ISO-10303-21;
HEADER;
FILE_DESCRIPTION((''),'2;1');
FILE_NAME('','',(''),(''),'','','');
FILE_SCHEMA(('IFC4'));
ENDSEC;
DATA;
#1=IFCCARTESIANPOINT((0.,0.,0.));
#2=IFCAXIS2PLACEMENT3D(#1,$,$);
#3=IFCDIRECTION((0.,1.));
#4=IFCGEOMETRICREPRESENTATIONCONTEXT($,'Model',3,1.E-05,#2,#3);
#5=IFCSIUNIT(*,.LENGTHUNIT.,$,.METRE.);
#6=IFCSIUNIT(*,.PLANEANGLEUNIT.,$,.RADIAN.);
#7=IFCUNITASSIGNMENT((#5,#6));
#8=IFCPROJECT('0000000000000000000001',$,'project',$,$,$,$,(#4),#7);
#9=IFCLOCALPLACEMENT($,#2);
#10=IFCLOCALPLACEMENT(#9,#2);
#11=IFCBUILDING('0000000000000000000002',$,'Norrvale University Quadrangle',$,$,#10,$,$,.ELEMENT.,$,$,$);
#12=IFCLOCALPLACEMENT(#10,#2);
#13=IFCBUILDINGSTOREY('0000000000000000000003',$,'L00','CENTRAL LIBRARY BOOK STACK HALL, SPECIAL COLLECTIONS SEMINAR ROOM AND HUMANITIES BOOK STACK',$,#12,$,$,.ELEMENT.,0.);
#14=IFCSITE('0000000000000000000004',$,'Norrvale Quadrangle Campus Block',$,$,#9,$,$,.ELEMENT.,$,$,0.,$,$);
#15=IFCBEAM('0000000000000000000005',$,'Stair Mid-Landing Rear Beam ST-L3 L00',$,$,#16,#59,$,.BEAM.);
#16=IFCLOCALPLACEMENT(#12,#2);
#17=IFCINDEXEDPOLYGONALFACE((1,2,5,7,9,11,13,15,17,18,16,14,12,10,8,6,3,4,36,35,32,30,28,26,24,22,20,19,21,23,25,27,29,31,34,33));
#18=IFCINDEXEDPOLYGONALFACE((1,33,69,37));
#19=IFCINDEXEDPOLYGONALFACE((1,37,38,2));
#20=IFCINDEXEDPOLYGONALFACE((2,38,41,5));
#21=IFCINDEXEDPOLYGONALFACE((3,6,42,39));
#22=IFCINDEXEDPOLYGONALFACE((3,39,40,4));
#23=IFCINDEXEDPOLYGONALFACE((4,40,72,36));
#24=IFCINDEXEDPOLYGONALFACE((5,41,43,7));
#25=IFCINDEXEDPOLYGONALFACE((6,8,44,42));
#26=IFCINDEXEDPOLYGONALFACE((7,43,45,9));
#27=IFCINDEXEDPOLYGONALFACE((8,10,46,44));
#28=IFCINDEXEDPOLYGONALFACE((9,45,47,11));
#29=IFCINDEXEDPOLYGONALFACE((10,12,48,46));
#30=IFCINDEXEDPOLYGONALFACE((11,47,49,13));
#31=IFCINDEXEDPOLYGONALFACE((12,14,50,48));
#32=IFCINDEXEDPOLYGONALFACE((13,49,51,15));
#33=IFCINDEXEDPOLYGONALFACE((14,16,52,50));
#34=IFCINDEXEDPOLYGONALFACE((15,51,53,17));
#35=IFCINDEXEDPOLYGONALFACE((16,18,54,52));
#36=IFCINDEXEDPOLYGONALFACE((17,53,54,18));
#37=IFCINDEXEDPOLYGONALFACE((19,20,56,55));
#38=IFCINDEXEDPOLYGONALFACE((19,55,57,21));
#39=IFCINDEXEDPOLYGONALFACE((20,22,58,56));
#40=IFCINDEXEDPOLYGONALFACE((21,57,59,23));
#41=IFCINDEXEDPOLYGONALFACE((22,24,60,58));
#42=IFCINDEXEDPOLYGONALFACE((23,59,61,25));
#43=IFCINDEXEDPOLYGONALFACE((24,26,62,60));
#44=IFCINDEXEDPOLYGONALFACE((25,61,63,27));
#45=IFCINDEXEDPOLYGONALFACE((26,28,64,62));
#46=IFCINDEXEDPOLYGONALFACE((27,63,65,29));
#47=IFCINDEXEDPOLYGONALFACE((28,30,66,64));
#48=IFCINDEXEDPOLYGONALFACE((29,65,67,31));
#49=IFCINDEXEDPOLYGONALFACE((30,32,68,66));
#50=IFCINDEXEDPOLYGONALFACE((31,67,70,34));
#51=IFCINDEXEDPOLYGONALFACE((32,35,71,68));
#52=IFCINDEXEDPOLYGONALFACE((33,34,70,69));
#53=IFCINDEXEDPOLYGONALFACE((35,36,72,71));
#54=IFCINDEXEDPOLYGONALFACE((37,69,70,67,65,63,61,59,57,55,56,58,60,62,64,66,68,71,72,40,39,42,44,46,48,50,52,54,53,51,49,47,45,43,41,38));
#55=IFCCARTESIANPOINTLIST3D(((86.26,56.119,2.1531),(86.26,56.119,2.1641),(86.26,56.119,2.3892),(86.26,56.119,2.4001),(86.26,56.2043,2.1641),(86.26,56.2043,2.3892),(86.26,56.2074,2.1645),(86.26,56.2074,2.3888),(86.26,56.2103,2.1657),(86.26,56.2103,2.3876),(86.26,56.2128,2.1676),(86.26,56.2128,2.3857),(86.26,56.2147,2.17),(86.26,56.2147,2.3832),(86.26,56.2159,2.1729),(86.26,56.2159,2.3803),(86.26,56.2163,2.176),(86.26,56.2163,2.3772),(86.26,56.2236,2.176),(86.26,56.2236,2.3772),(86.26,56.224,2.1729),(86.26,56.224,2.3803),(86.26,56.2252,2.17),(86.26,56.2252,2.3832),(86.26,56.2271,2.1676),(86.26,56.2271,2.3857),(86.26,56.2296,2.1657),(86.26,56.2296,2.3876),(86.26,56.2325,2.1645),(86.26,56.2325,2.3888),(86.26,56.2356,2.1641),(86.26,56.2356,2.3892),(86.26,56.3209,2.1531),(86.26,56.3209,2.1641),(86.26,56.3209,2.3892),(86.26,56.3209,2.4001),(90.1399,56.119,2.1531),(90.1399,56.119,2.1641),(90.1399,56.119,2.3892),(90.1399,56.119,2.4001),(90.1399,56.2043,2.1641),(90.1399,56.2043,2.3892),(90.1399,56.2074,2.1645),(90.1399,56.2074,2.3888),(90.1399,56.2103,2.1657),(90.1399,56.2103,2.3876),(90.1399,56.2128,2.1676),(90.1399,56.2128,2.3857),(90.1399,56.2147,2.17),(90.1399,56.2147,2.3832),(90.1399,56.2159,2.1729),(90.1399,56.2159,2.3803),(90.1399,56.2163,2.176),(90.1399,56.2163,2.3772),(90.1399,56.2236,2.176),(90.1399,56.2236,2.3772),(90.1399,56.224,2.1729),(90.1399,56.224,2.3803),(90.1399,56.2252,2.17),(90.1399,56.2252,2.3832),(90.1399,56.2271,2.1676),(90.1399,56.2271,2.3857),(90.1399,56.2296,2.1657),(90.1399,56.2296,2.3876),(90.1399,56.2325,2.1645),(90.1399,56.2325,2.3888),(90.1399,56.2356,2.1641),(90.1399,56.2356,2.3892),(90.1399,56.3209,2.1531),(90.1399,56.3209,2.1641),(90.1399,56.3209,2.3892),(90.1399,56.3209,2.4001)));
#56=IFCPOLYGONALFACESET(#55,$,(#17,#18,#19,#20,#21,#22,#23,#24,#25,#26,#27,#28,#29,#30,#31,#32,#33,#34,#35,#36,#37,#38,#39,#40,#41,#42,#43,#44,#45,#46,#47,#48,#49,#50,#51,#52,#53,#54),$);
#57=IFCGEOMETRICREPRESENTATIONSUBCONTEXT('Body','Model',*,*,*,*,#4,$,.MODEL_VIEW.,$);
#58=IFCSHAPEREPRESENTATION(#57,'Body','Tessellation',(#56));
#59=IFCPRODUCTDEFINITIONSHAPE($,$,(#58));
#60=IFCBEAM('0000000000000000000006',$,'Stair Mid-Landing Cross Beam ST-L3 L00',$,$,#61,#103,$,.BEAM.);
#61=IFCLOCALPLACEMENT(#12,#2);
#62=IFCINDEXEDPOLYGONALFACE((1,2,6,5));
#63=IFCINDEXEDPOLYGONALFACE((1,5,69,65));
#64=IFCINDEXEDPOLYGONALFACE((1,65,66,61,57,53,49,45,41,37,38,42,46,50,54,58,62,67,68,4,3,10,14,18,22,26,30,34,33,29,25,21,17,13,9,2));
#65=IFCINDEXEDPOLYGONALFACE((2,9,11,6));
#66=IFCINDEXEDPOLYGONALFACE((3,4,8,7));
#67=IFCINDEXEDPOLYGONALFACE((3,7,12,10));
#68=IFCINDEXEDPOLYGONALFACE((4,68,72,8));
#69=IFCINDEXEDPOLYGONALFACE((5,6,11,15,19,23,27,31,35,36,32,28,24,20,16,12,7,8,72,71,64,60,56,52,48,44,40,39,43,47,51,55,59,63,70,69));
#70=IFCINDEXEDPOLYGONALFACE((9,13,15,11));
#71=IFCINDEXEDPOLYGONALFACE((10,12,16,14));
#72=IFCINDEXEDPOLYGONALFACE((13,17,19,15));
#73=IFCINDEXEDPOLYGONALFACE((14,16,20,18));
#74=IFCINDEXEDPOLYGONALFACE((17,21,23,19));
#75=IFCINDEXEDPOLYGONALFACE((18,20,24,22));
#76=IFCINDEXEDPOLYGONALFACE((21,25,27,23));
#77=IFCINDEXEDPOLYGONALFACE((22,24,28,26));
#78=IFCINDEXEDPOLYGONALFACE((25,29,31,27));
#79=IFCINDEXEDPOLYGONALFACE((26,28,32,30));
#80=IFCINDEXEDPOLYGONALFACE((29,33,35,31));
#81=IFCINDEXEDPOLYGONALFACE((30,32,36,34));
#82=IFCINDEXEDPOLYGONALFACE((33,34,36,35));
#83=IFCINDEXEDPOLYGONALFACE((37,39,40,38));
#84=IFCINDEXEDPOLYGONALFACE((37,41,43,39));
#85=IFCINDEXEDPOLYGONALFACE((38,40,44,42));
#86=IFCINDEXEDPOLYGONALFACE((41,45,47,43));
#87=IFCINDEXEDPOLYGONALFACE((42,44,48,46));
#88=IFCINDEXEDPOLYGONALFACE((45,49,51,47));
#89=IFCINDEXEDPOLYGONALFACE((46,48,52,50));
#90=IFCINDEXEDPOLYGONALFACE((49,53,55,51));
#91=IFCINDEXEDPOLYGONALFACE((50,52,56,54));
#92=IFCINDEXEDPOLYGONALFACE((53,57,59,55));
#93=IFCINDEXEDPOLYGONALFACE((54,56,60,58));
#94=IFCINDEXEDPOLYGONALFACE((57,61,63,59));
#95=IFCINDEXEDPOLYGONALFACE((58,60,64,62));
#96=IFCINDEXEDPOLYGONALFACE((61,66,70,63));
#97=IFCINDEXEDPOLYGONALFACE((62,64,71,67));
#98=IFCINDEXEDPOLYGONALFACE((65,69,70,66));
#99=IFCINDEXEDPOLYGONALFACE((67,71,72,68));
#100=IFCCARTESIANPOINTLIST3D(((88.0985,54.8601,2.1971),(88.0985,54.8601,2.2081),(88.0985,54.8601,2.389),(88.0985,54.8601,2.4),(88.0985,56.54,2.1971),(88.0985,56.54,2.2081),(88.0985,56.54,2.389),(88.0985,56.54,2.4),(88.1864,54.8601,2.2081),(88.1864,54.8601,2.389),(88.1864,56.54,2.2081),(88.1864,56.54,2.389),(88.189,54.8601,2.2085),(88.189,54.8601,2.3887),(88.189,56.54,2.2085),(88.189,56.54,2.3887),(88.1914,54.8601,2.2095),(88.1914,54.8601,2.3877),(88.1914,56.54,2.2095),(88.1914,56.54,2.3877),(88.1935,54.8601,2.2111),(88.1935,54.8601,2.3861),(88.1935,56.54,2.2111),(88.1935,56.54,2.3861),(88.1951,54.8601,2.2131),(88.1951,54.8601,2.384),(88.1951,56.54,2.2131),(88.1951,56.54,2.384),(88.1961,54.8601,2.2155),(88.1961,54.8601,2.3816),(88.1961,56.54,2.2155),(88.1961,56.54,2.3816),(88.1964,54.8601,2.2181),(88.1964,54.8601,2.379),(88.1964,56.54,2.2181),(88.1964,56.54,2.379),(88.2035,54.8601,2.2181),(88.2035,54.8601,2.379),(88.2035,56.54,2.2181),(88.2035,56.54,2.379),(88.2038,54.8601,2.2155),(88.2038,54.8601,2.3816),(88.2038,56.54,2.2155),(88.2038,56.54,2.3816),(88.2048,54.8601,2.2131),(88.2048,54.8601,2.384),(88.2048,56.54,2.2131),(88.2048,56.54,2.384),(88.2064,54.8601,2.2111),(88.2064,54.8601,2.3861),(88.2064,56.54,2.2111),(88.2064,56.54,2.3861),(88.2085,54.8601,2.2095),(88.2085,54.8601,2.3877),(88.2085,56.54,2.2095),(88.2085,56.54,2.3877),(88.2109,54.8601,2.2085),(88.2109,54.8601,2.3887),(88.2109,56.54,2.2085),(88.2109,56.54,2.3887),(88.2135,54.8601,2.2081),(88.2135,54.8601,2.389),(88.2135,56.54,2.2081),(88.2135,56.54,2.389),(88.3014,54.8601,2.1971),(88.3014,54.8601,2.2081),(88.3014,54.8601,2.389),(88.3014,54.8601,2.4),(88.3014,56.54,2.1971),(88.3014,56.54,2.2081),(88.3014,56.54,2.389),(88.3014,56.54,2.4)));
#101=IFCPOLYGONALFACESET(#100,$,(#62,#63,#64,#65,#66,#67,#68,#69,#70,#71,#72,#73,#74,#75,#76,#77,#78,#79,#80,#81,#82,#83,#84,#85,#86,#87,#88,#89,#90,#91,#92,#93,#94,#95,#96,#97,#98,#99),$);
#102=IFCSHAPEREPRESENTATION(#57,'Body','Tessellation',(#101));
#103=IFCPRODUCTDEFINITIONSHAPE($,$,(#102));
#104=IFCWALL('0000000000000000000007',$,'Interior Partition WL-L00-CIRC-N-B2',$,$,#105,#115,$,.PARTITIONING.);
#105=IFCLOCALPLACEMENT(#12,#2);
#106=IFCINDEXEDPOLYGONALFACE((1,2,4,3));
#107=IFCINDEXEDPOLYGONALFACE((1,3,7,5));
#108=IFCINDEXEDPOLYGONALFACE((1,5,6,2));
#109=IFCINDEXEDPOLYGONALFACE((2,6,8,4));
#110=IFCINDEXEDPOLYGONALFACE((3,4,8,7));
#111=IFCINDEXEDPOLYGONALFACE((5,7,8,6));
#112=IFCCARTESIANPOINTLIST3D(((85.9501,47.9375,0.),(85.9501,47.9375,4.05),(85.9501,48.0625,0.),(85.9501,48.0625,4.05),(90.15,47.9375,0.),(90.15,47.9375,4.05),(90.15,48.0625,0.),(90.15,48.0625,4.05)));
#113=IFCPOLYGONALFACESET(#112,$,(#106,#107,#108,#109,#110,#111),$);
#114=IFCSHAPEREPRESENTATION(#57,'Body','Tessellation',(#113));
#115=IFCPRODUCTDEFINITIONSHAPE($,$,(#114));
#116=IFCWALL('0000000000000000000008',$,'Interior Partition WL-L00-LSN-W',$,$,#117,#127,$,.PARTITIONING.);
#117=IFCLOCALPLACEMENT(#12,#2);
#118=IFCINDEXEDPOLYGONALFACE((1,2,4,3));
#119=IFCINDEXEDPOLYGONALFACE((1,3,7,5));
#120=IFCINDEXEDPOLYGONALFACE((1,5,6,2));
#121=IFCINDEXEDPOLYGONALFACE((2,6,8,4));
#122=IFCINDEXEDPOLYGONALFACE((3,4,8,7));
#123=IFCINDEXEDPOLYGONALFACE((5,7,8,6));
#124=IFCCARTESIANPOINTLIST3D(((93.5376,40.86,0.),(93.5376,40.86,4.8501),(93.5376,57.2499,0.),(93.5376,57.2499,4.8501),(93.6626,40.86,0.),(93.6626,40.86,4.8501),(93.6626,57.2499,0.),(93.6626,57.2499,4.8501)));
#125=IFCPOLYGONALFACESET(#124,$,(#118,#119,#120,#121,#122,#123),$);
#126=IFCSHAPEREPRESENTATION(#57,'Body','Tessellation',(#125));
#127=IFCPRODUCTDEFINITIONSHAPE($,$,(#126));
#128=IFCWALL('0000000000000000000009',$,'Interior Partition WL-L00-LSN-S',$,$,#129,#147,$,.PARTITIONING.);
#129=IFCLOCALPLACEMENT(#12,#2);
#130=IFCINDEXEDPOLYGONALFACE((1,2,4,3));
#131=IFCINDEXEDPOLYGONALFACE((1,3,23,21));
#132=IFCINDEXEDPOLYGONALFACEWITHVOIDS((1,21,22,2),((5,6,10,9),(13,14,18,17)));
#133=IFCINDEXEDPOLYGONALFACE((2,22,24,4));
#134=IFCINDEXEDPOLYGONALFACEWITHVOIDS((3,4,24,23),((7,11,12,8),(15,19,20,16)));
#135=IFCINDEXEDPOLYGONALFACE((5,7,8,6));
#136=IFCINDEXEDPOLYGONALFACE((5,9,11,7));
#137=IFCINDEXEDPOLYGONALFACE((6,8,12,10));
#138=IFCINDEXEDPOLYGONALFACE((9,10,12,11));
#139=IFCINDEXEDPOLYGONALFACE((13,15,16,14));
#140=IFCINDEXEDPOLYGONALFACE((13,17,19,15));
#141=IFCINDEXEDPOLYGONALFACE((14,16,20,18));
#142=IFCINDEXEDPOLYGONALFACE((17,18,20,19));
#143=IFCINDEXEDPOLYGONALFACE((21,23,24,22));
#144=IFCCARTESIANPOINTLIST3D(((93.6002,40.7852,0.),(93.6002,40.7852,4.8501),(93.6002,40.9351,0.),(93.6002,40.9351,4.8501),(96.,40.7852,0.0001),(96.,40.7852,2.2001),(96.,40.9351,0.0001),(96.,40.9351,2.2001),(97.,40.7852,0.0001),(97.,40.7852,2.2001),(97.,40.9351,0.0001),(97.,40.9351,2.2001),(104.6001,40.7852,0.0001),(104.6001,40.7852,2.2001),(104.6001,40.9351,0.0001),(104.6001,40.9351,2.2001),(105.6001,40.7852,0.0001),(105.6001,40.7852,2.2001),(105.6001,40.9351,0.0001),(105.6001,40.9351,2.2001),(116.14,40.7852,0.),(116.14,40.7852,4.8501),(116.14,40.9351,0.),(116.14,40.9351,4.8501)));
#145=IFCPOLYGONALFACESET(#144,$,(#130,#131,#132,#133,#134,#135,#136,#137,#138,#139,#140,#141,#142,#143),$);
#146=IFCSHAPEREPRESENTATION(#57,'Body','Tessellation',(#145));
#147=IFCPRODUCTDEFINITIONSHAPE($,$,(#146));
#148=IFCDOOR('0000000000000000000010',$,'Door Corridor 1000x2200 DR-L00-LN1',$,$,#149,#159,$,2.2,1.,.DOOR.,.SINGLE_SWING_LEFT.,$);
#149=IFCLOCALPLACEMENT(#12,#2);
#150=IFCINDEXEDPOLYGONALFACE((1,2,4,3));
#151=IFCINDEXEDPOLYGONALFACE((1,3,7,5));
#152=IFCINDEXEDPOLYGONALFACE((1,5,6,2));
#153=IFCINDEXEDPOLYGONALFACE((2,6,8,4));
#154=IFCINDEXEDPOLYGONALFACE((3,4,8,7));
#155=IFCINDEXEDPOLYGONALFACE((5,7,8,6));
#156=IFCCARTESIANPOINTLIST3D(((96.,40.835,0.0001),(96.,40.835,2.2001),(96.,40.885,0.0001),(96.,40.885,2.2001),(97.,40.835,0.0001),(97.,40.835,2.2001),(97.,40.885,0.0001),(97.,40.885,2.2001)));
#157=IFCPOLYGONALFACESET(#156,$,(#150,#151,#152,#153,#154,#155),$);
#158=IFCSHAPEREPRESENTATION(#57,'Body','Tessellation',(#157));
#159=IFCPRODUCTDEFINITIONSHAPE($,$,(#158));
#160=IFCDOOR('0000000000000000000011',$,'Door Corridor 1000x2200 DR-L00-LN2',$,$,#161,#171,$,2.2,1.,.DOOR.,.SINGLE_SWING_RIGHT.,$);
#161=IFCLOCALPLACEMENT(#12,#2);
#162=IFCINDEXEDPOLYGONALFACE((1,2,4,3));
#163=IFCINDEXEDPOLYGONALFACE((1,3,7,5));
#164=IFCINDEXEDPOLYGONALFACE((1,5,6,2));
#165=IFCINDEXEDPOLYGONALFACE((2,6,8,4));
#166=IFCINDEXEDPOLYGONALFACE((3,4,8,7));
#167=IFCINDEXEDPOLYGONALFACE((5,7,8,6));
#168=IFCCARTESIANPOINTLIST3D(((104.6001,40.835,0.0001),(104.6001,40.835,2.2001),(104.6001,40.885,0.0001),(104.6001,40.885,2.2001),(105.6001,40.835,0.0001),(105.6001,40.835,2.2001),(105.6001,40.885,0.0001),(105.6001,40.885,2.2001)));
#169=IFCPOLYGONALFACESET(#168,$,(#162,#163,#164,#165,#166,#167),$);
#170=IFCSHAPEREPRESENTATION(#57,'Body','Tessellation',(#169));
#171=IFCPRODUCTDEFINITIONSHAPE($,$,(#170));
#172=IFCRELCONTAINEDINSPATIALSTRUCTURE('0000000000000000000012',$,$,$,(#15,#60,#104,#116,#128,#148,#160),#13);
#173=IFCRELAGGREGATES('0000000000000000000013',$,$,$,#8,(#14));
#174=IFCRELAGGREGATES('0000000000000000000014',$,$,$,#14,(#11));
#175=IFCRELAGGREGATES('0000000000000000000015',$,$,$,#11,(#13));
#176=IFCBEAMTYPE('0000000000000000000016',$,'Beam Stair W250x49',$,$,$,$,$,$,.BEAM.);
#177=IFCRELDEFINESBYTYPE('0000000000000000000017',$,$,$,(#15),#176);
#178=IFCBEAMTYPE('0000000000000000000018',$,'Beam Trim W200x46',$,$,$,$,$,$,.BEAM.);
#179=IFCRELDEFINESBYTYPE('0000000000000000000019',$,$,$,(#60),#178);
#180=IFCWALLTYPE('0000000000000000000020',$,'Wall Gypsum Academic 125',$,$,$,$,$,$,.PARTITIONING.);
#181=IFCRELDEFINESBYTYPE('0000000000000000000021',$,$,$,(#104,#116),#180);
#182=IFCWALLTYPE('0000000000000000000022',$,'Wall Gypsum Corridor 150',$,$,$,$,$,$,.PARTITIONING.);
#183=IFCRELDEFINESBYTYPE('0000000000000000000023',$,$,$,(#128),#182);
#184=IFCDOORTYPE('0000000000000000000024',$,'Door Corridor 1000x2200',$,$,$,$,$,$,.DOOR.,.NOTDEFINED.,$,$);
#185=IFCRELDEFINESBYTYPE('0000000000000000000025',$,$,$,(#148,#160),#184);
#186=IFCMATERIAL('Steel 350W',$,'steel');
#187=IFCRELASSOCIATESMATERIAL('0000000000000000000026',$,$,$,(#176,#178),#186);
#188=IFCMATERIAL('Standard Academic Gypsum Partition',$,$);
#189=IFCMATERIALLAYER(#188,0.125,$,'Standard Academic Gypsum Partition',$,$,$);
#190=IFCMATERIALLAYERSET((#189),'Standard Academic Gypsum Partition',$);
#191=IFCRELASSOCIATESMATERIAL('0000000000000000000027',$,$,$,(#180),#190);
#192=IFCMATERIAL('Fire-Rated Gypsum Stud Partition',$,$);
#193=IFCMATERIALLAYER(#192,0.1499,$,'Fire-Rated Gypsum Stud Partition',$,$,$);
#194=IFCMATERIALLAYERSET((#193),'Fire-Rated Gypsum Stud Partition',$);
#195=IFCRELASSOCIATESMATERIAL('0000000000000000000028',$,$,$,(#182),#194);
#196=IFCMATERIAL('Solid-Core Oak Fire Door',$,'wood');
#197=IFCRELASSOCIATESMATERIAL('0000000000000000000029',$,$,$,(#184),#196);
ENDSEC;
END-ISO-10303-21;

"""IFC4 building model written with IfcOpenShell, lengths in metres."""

from ifc_helpers import new_model, si_unit, direction, frame, frame_2d, origin, origin_2d, place, context, subcontext, project, spatial, rectangle, i_section, extrude, material, layer, layer_set, material_profile, profile_set, type_object, element, fill, save


model = new_model("IFC4")

# Units and contexts
model_context = context("Model", 3, precision=1e-05, world=origin(), true_north=direction((0.0, 1.0)))
body_context = subcontext(model_context, "Body", "Model", "MODEL_VIEW")
ifc_project = project(units=[si_unit("LENGTHUNIT", "METRE"), si_unit("PLANEANGLEUNIT", "RADIAN")], contexts=[model_context])

# Site, building, storey
site_placement = place(None, origin())
site = spatial("IfcSite", under=ifc_project, at=site_placement, Name="Norrvale Quadrangle Campus Block", CompositionType="ELEMENT", RefElevation=0.0)
building_placement = place(site_placement, origin())
building = spatial("IfcBuilding", under=site, at=building_placement, Name="Norrvale University Quadrangle", CompositionType="ELEMENT")
storey_placement = place(building_placement, origin())
storey = spatial("IfcBuildingStorey", under=building, at=storey_placement, Name="L00", Description="CENTRAL LIBRARY BOOK STACK HALL, SPECIAL COLLECTIONS SEMINAR ROOM AND HUMANITIES BOOK STACK", CompositionType="ELEMENT", Elevation=0.0)

# Beams
ifc_material_1 = material(Name="Steel 350W", Category="steel")
ifc_material_profile_1 = material_profile(ifc_material_1, i_section(OverallWidth=0.2019, OverallDepth=0.2471, WebThickness=0.0073, FlangeThickness=0.011, FilletRadius=0.012, at=origin_2d()), Name="Steel 350W")
ifc_profile_set_1 = profile_set([ifc_material_profile_1], Name="Steel 350W")
beam_type_1 = type_object("IfcBeamType", Name="Beam Stair W250x49", PredefinedType="BEAM", material=ifc_profile_set_1)
for number, where, z_axis, x_axis, name in (
    (1, (86.26, 56.22, 2.2766), (1.0, 0.0, 0.0), (0.0, 1.0, 0.0), "Stair Mid-Landing Rear Beam ST-L3 L00"),
):
    element("IfcBeam", number, at=place(storey_placement, frame(where, z_axis=z_axis, x_axis=x_axis)), inside=storey, type_object=beam_type_1, Name=name, PredefinedType="BEAM", context=body_context, shape_type="SweptSolid", body=[
        extrude(i_section(OverallWidth=0.2019, OverallDepth=0.2471, WebThickness=0.0073, FlangeThickness=0.011, FilletRadius=0.012, at=origin_2d()), origin(), (0.0, 0.0, 1.0), 3.8799),
    ])
ifc_material_profile_2 = material_profile(ifc_material_1, i_section(OverallWidth=0.2029, OverallDepth=0.2029, WebThickness=0.0071, FlangeThickness=0.011, FilletRadius=0.01, at=origin_2d()), Name="Steel 350W")
ifc_profile_set_2 = profile_set([ifc_material_profile_2], Name="Steel 350W")
beam_type_2 = type_object("IfcBeamType", Name="Beam Trim W200x46", PredefinedType="BEAM", material=ifc_profile_set_2)
beam_1_placement = place(storey_placement, frame((88.2, 54.8601, 2.2986), z_axis=(0.0, 1.0, 0.0), x_axis=(-1.0, 0.0, 0.0)))
element("IfcBeam", 2, at=beam_1_placement, inside=storey, type_object=beam_type_2, Name="Stair Mid-Landing Cross Beam ST-L3 L00", PredefinedType="BEAM", context=body_context, shape_type="SweptSolid", body=[
    extrude(i_section(OverallWidth=0.2029, OverallDepth=0.2029, WebThickness=0.0071, FlangeThickness=0.011, FilletRadius=0.01, at=origin_2d()), origin(), (0.0, 0.0, 1.0), 1.6799),
])

# Walls
ifc_material_2 = material(Name="Standard Academic Gypsum Partition")
ifc_layer_1 = layer(ifc_material_2, 0.125, Name="Standard Academic Gypsum Partition")
ifc_layer_set_1 = layer_set([ifc_layer_1], Name="Standard Academic Gypsum Partition")
wall_type_1 = type_object("IfcWallType", Name="Wall Gypsum Academic 125", PredefinedType="PARTITIONING", material=ifc_layer_set_1)
wall_1_placement = place(storey_placement, frame((85.95, 48.0, 0.0), z_axis=(0.0, 0.0, 1.0), x_axis=(1.0, 0.0, 0.0)))
element("IfcWall", 3, at=wall_1_placement, inside=storey, type_object=wall_type_1, Name="Interior Partition WL-L00-CIRC-N-B2", PredefinedType="PARTITIONING", context=body_context, shape_type="SweptSolid", body=[
    extrude(rectangle(XDim=4.2, YDim=0.125, at=frame_2d((2.1001, 0.0))), origin(), (0.0, 0.0, 1.0), 4.05),
])
wall_2_placement = place(storey_placement, frame((93.6001, 40.8601, 0.0), z_axis=(0.0, 0.0, 1.0), x_axis=(0.0, 1.0, 0.0)))
element("IfcWall", 4, at=wall_2_placement, inside=storey, type_object=wall_type_1, Name="Interior Partition WL-L00-LSN-W", PredefinedType="PARTITIONING", context=body_context, shape_type="SweptSolid", body=[
    extrude(rectangle(XDim=16.3899, YDim=0.125, at=frame_2d((8.1948, 0.0))), origin(), (0.0, 0.0, 1.0), 4.8501),
])

# Wall, openings, doors
ifc_material_3 = material(Name="Fire-Rated Gypsum Stud Partition")
ifc_layer_2 = layer(ifc_material_3, 0.1499, Name="Fire-Rated Gypsum Stud Partition")
ifc_layer_set_2 = layer_set([ifc_layer_2], Name="Fire-Rated Gypsum Stud Partition")
wall_type_2 = type_object("IfcWallType", Name="Wall Gypsum Corridor 150", PredefinedType="PARTITIONING", material=ifc_layer_set_2)
wall_3_placement = place(storey_placement, frame((93.6001, 40.8601, 0.0), z_axis=(0.0, 0.0, 1.0), x_axis=(1.0, 0.0, 0.0)))
wall_3 = element("IfcWall", 5, at=wall_3_placement, inside=storey, type_object=wall_type_2, Name="Interior Partition WL-L00-LSN-S", PredefinedType="PARTITIONING", context=body_context, shape_type="SweptSolid", body=[
    extrude(rectangle(XDim=22.5398, YDim=0.1499, at=frame_2d((11.27, 0.0))), origin(), (0.0, 0.0, 1.0), 4.8501),
])
opening_1_placement = place(wall_3_placement, frame((2.3999, 0.0, 0.0)))
opening_1 = element("IfcOpeningElement", 6, at=opening_1_placement, cuts=wall_3, PredefinedType="OPENING", context=body_context, shape_type="SweptSolid", body=[
    extrude(rectangle(XDim=1.0, YDim=2.2, at=frame_2d((0.5, 1.1001))), frame((0.0, 0.0869, 0.0), z_axis=(0.0, -1.0, 0.0), x_axis=(1.0, 0.0, 0.0)), (0.0, 0.0, 1.0), 0.1738),
])
opening_2_placement = place(wall_3_placement, frame((11.0, 0.0, 0.0)))
opening_2 = element("IfcOpeningElement", 7, at=opening_2_placement, cuts=wall_3, PredefinedType="OPENING", context=body_context, shape_type="SweptSolid", body=[
    extrude(rectangle(XDim=1.0, YDim=2.2, at=frame_2d((0.5, 1.1001))), frame((0.0, 0.0869, 0.0), z_axis=(0.0, -1.0, 0.0), x_axis=(1.0, 0.0, 0.0)), (0.0, 0.0, 1.0), 0.1738),
])
ifc_material_4 = material(Name="Solid-Core Oak Fire Door", Category="wood")
door_type_1 = type_object("IfcDoorType", Name="Door Corridor 1000x2200", OperationType="NOTDEFINED", PredefinedType="DOOR", material=ifc_material_4)
door_1_placement = place(opening_1_placement, origin())
door_1 = element("IfcDoor", 8, at=door_1_placement, inside=storey, type_object=door_type_1, Name="Door Corridor 1000x2200 DR-L00-LN1", OperationType="SINGLE_SWING_LEFT", OverallHeight=2.2, OverallWidth=1.0, PredefinedType="DOOR", context=body_context, shape_type="SweptSolid", body=[
    extrude(rectangle(XDim=1.0, YDim=2.2, at=frame_2d((0.5, 1.1001))), frame((0.0, 0.0249, 0.0), z_axis=(0.0, -1.0, 0.0), x_axis=(1.0, 0.0, 0.0)), (0.0, 0.0, 1.0), 0.05),
])
fill(opening_1, door_1)
door_2_placement = place(opening_2_placement, origin())
door_2 = element("IfcDoor", 9, at=door_2_placement, inside=storey, type_object=door_type_1, Name="Door Corridor 1000x2200 DR-L00-LN2", OperationType="SINGLE_SWING_RIGHT", OverallHeight=2.2, OverallWidth=1.0, PredefinedType="DOOR", context=body_context, shape_type="SweptSolid", body=[
    extrude(rectangle(XDim=1.0, YDim=2.2, at=frame_2d((0.5, 1.1001))), frame((0.0, 0.0249, 0.0), z_axis=(0.0, -1.0, 0.0), x_axis=(1.0, 0.0, 0.0)), (0.0, 0.0, 1.0), 0.05),
])
fill(opening_2, door_2)

save(model, "model.ifc")
